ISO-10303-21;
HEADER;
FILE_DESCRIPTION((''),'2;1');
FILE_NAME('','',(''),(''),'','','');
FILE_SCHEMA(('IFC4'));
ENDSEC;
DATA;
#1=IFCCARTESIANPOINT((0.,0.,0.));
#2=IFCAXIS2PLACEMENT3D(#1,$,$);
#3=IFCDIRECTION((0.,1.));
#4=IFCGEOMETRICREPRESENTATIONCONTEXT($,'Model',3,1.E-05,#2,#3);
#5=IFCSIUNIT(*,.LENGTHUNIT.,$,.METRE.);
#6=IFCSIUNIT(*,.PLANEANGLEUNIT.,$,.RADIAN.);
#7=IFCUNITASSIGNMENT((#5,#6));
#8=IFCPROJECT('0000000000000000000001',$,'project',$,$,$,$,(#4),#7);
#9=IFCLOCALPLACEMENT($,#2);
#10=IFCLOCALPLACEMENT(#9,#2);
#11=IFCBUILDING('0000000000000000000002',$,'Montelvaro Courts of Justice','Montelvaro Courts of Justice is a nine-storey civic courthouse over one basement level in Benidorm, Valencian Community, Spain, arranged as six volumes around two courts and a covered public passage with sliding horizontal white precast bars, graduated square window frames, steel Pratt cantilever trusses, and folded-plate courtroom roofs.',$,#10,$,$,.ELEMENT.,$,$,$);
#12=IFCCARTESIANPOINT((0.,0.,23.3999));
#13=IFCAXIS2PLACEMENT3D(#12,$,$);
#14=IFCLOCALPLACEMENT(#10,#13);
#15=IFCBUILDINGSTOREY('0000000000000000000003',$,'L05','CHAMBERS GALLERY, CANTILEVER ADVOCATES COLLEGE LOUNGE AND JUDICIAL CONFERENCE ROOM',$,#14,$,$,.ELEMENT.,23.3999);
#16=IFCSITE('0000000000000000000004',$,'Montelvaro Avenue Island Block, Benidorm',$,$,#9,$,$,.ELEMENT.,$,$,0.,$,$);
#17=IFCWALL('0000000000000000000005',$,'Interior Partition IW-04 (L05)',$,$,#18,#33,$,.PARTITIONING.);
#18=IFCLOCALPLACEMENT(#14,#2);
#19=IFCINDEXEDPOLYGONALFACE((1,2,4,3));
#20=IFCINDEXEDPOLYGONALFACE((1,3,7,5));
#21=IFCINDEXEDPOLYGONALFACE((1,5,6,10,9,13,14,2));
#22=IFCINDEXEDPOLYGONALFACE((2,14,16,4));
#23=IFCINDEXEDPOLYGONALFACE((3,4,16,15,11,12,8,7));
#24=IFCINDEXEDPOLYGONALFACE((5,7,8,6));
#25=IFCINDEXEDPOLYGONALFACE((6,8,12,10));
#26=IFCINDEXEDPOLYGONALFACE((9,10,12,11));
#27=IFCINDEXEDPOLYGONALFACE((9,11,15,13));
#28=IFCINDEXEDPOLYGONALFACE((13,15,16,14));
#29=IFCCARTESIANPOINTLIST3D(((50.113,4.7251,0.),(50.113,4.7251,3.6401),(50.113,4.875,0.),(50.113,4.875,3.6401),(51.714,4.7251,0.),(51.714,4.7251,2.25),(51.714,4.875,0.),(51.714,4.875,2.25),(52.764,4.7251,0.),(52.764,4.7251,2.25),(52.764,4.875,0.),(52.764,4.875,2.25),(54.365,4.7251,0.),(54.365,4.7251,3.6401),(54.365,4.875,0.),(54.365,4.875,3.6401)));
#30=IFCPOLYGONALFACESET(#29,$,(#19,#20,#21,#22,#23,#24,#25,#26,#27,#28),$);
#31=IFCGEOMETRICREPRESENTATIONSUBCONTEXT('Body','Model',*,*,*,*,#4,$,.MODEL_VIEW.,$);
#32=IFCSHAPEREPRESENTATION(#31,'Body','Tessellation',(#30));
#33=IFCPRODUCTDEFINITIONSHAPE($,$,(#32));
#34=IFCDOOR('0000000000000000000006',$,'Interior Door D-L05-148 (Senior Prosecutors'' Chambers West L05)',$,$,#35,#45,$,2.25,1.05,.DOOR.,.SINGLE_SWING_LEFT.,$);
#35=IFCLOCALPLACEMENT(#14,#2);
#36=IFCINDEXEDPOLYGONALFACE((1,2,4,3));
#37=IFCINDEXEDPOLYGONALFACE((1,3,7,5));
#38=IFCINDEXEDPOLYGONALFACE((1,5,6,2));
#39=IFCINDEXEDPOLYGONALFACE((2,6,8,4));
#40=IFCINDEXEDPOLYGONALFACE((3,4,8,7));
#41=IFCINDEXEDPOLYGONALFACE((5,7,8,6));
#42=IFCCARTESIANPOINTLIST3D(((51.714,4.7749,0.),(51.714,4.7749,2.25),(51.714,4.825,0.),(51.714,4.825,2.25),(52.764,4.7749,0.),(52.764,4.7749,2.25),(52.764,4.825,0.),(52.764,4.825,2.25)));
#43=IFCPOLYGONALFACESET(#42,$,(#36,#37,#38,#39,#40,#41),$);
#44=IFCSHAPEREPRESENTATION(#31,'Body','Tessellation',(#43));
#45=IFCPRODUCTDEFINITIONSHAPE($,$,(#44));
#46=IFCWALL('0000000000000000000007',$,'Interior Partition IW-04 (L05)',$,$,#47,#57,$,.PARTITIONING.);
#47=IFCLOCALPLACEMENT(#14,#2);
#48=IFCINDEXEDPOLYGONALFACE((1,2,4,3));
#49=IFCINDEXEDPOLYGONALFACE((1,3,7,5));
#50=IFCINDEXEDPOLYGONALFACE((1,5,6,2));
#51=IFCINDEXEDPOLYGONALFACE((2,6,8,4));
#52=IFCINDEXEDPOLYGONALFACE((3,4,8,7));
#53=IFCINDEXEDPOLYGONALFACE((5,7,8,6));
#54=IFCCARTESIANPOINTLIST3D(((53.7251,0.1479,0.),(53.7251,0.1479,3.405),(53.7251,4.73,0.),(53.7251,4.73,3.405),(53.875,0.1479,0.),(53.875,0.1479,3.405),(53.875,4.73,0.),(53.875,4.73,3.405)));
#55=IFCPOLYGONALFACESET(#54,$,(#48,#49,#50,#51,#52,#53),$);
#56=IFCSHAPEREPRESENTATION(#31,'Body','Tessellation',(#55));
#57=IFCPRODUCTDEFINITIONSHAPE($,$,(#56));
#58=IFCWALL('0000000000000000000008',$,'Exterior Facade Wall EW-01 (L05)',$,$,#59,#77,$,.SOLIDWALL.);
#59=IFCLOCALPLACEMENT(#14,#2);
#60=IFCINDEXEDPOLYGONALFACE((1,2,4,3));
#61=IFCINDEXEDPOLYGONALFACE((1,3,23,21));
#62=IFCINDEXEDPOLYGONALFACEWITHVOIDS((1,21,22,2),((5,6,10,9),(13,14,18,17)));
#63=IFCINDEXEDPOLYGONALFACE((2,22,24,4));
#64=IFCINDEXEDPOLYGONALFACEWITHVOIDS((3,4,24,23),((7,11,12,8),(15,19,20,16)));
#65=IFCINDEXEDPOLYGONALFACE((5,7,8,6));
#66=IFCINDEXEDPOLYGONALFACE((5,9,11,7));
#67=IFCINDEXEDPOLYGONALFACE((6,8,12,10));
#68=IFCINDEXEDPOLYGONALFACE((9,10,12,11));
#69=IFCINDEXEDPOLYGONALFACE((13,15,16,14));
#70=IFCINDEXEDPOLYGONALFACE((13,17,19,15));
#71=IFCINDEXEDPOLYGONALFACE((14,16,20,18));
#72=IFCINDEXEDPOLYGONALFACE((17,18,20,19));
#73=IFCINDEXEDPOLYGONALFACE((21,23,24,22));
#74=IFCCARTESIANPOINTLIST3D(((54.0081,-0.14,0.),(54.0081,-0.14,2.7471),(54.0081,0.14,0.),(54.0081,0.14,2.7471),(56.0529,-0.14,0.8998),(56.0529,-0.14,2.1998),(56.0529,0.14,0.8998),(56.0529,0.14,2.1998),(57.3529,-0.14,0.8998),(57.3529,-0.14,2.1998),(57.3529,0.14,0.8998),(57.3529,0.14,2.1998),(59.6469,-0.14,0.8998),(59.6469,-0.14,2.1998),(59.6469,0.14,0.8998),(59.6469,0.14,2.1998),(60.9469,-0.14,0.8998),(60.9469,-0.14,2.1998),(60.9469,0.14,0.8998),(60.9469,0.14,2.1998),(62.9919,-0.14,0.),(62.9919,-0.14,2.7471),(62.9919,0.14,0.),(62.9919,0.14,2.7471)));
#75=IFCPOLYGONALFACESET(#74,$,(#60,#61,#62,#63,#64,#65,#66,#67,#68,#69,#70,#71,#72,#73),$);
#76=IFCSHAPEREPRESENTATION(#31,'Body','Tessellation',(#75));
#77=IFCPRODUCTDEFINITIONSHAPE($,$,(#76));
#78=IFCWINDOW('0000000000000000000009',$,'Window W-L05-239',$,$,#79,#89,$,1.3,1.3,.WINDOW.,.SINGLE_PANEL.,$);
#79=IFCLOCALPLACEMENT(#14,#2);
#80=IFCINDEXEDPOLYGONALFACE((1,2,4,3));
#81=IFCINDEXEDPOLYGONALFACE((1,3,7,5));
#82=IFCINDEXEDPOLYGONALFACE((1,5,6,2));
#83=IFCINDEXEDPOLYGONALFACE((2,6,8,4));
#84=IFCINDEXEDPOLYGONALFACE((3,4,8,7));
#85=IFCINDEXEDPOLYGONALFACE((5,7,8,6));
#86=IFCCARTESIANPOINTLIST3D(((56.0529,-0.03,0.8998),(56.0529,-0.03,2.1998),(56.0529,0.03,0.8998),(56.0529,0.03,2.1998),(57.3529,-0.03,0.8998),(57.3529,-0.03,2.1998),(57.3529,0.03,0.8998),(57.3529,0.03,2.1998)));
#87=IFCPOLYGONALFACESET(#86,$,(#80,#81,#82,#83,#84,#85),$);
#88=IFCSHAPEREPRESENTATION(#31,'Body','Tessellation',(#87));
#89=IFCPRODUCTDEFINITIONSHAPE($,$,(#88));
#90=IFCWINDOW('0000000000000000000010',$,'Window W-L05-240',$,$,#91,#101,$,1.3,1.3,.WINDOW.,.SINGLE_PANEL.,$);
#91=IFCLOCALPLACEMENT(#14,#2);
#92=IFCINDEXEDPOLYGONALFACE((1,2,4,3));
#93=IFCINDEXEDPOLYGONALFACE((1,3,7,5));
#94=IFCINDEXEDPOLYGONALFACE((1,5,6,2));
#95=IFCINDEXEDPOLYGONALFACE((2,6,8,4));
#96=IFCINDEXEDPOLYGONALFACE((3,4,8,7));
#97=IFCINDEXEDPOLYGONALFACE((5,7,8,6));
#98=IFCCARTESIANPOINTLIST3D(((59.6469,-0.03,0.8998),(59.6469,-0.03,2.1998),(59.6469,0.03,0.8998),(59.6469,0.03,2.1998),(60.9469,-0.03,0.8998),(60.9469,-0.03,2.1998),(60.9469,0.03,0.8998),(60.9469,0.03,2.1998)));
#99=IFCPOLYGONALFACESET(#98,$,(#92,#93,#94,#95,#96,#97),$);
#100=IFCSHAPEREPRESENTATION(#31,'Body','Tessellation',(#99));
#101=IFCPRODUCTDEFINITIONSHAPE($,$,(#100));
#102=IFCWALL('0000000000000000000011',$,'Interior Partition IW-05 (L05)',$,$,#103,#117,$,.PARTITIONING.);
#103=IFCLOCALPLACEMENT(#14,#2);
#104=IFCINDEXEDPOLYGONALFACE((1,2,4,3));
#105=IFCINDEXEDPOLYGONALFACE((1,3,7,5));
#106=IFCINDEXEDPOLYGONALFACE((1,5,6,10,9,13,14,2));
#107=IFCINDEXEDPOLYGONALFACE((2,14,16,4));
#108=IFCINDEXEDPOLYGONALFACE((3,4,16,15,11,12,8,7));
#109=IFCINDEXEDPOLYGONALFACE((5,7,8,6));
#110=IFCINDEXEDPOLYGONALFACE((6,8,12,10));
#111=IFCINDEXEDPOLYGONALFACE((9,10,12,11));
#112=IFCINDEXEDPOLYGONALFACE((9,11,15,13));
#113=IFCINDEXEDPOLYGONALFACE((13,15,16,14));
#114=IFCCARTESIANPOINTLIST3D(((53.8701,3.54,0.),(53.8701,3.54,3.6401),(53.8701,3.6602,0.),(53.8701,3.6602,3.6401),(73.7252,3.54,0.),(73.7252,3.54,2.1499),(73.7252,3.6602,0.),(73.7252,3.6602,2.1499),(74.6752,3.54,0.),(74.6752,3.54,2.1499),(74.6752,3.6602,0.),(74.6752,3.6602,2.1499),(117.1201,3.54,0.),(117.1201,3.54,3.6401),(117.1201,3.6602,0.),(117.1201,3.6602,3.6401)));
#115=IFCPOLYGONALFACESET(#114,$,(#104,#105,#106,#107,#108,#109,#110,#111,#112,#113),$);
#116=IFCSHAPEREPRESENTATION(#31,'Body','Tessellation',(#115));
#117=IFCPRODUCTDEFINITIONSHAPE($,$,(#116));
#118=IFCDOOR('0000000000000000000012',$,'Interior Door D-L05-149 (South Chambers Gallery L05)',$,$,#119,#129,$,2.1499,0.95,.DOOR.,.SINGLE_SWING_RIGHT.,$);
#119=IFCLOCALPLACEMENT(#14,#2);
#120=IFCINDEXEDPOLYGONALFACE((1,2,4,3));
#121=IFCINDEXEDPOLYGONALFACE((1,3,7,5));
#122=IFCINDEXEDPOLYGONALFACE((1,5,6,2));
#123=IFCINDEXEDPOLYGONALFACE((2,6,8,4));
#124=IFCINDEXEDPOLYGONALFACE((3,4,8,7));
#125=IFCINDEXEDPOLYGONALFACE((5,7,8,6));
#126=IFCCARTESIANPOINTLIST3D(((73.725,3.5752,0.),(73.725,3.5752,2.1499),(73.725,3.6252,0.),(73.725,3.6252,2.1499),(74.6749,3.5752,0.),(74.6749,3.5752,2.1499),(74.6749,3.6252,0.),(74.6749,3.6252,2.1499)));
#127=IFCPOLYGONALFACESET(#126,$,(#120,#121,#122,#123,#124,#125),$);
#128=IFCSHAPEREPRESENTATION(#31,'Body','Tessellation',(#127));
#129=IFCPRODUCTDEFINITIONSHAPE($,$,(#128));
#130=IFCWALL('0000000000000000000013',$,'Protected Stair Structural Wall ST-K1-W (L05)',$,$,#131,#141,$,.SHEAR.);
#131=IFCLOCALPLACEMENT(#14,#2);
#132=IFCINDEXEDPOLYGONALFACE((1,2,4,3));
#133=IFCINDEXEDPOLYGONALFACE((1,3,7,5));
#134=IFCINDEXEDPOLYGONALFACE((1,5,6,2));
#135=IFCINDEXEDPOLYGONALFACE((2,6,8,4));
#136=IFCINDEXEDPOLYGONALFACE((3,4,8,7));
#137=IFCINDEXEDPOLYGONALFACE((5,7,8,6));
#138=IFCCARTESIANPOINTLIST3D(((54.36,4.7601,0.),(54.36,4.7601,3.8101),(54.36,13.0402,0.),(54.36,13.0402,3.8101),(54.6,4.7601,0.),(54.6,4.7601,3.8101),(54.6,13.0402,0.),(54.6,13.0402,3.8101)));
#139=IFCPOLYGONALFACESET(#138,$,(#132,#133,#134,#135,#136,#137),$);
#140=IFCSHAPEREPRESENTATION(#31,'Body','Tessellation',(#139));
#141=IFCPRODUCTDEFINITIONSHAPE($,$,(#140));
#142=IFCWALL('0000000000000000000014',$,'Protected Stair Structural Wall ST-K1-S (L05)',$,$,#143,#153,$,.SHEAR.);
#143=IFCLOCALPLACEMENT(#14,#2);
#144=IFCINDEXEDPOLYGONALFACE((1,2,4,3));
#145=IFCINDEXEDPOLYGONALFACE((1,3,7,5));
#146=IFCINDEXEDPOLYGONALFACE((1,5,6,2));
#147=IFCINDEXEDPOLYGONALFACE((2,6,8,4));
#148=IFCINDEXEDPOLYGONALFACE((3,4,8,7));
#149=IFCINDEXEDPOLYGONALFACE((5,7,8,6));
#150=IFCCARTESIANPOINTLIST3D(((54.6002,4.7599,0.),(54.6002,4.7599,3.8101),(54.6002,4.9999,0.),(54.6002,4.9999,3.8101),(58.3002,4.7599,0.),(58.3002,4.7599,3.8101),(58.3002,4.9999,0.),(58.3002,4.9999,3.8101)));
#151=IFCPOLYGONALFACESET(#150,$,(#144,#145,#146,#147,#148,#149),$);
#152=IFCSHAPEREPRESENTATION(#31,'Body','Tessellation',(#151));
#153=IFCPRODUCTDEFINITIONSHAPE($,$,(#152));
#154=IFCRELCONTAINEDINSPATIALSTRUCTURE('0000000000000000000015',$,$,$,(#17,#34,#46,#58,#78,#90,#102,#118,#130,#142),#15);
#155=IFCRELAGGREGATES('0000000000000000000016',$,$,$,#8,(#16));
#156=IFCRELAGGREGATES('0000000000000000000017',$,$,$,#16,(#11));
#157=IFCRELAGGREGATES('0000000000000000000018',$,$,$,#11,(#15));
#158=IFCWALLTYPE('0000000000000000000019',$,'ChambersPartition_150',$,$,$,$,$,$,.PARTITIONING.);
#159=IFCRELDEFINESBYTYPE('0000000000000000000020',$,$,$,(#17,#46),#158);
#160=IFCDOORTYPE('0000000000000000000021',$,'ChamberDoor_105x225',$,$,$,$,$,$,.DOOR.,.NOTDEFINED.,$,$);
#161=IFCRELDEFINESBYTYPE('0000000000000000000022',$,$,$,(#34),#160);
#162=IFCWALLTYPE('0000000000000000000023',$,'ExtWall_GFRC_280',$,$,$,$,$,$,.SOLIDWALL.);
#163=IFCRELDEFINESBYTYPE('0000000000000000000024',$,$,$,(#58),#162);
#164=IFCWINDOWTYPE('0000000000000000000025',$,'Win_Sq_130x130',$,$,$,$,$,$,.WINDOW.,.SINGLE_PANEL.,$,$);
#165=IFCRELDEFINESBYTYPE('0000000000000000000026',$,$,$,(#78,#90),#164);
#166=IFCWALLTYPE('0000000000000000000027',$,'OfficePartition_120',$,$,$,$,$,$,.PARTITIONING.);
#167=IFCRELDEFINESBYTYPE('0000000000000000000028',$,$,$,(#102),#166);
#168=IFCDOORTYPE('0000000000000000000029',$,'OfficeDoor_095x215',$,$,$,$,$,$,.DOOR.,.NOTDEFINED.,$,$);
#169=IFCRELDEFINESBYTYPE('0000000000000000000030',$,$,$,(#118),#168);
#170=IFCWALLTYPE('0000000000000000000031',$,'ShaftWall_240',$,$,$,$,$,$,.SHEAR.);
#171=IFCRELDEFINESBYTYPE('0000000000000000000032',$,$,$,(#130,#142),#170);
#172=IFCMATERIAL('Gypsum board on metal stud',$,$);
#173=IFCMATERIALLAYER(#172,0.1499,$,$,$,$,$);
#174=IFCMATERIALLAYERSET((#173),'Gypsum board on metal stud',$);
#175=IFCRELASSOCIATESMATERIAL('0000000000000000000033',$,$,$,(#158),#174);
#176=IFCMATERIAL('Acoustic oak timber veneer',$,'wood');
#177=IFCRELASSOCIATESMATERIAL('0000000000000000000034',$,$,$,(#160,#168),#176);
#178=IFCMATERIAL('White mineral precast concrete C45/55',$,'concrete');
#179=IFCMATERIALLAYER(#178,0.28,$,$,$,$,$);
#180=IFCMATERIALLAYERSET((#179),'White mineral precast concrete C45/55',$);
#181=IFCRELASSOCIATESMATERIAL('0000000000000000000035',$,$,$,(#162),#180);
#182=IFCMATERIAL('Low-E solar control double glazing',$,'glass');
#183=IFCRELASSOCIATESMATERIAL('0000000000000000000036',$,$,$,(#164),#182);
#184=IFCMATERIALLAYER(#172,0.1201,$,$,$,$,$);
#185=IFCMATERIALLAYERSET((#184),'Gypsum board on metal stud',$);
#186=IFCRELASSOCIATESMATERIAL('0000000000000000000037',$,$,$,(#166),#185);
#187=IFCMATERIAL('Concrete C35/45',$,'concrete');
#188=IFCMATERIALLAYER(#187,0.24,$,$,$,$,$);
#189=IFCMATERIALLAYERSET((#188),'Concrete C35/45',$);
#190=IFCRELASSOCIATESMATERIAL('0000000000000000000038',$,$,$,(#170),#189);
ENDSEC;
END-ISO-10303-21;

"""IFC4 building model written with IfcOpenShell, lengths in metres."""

from ifc_helpers import new_model, si_unit, direction, frame, frame_2d, origin, place, context, subcontext, project, spatial, rectangle, extrude, material, layer, layer_set, type_object, element, fill, save


model = new_model("IFC4")

# Units and contexts
model_context = context("Model", 3, precision=1e-05, world=origin(), true_north=direction((0.0, 1.0)))
body_context = subcontext(model_context, "Body", "Model", "MODEL_VIEW")
ifc_project = project(units=[si_unit("LENGTHUNIT", "METRE"), si_unit("PLANEANGLEUNIT", "RADIAN")], contexts=[model_context])

# Site, building, storey
site_placement = place(None, origin())
site = spatial("IfcSite", under=ifc_project, at=site_placement, Name="Montelvaro Avenue Island Block, Benidorm", CompositionType="ELEMENT", RefElevation=0.0)
building_placement = place(site_placement, origin())
building = spatial("IfcBuilding", under=site, at=building_placement, Name="Montelvaro Courts of Justice", Description="Montelvaro Courts of Justice is a nine-storey civic courthouse over one basement level in Benidorm, Valencian Community, Spain, arranged as six volumes around two courts and a covered public passage with sliding horizontal white precast bars, graduated square window frames, steel Pratt cantilever trusses, and folded-plate courtroom roofs.", CompositionType="ELEMENT")
storey_placement = place(building_placement, frame((0.0, 0.0, 23.3999)))
storey = spatial("IfcBuildingStorey", under=building, at=storey_placement, Name="L05", Description="CHAMBERS GALLERY, CANTILEVER ADVOCATES COLLEGE LOUNGE AND JUDICIAL CONFERENCE ROOM", CompositionType="ELEMENT", Elevation=23.3999)

# Shared definitions
ifc_material_1 = material(Name="White mineral precast concrete C45/55", Category="concrete")

# Wall, opening, door
ifc_material_2 = material(Name="Gypsum board on metal stud")
ifc_layer_1 = layer(ifc_material_2, 0.1499)
ifc_layer_set_1 = layer_set([ifc_layer_1], Name="Gypsum board on metal stud")
wall_type_1 = type_object("IfcWallType", Name="ChambersPartition_150", PredefinedType="PARTITIONING", material=ifc_layer_set_1)
wall_1_placement = place(storey_placement, frame((50.113, 4.8, 0.0), z_axis=(0.0, 0.0, 1.0), x_axis=(1.0, 0.0, 0.0)))
wall_1 = element("IfcWall", 1, at=wall_1_placement, inside=storey, type_object=wall_type_1, Name="Interior Partition IW-04 (L05)", PredefinedType="PARTITIONING", context=body_context, shape_type="SweptSolid", body=[
    extrude(rectangle(XDim=4.252, YDim=0.1499, at=frame_2d((2.126, 0.0))), origin(), (0.0, 0.0, 1.0), 3.6401),
])
opening_1_placement = place(wall_1_placement, frame((1.6011, 0.0, 0.0)))
opening_1 = element("IfcOpeningElement", 2, at=opening_1_placement, cuts=wall_1, PredefinedType="OPENING", context=body_context, shape_type="SweptSolid", body=[
    extrude(rectangle(XDim=1.05, YDim=2.25, at=frame_2d((0.5249, 1.125))), frame((0.0, 0.0898, 0.0), z_axis=(0.0, -1.0, 0.0), x_axis=(1.0, 0.0, 0.0)), (0.0, 0.0, 1.0), 0.1797),
])
ifc_material_3 = material(Name="Acoustic oak timber veneer", Category="wood")
door_type_1 = type_object("IfcDoorType", Name="ChamberDoor_105x225", OperationType="NOTDEFINED", PredefinedType="DOOR", material=ifc_material_3)
door_1_placement = place(opening_1_placement, origin())
door_1 = element("IfcDoor", 3, at=door_1_placement, inside=storey, type_object=door_type_1, Name="Interior Door D-L05-148 (Senior Prosecutors' Chambers West L05)", OperationType="SINGLE_SWING_LEFT", OverallHeight=2.25, OverallWidth=1.05, PredefinedType="DOOR", context=body_context, shape_type="SweptSolid", body=[
    extrude(rectangle(XDim=1.05, YDim=2.25, at=frame_2d((0.5249, 1.125))), frame((0.0, 0.0249, 0.0), z_axis=(0.0, -1.0, 0.0), x_axis=(1.0, 0.0, 0.0)), (0.0, 0.0, 1.0), 0.05),
])
fill(opening_1, door_1)

# Wall
wall_2_placement = place(storey_placement, frame((53.8, 4.73, 0.0), z_axis=(0.0, 0.0, 1.0), x_axis=(0.0, -1.0, 0.0)))
element("IfcWall", 4, at=wall_2_placement, inside=storey, type_object=wall_type_1, Name="Interior Partition IW-04 (L05)", PredefinedType="PARTITIONING", context=body_context, shape_type="SweptSolid", body=[
    extrude(rectangle(XDim=4.582, YDim=0.1499, at=frame_2d((2.291, 0.0))), origin(), (0.0, 0.0, 1.0), 3.405),
])

# Wall, openings, windows
ifc_layer_2 = layer(ifc_material_1, 0.28)
ifc_layer_set_2 = layer_set([ifc_layer_2], Name="White mineral precast concrete C45/55")
wall_type_2 = type_object("IfcWallType", Name="ExtWall_GFRC_280", PredefinedType="SOLIDWALL", material=ifc_layer_set_2)
wall_3_placement = place(storey_placement, frame((54.0081, 0.0, 0.0), z_axis=(0.0, 0.0, 1.0), x_axis=(1.0, 0.0, 0.0)))
wall_3 = element("IfcWall", 5, at=wall_3_placement, inside=storey, type_object=wall_type_2, Name="Exterior Facade Wall EW-01 (L05)", PredefinedType="SOLIDWALL", context=body_context, shape_type="SweptSolid", body=[
    extrude(rectangle(XDim=8.9839, YDim=0.28, at=frame_2d((4.4919, 0.0))), origin(), (0.0, 0.0, 1.0), 2.7471),
])
opening_2_placement = place(wall_3_placement, frame((2.0449, 0.0, 0.8999)))
opening_2 = element("IfcOpeningElement", 6, at=opening_2_placement, cuts=wall_3, PredefinedType="OPENING", context=body_context, shape_type="SweptSolid", body=[
    extrude(rectangle(XDim=1.3, YDim=1.3, at=frame_2d((0.6499, 0.6499))), frame((0.0, 0.1548, 0.0), z_axis=(0.0, -1.0, 0.0), x_axis=(1.0, 0.0, 0.0)), (0.0, 0.0, 1.0), 0.3098),
])
opening_3_placement = place(wall_3_placement, frame((5.6389, 0.0, 0.8999)))
opening_3 = element("IfcOpeningElement", 7, at=opening_3_placement, cuts=wall_3, PredefinedType="OPENING", context=body_context, shape_type="SweptSolid", body=[
    extrude(rectangle(XDim=1.3, YDim=1.3, at=frame_2d((0.6499, 0.6499))), frame((0.0, 0.1548, 0.0), z_axis=(0.0, -1.0, 0.0), x_axis=(1.0, 0.0, 0.0)), (0.0, 0.0, 1.0), 0.3098),
])
ifc_material_4 = material(Name="Low-E solar control double glazing", Category="glass")
window_type = type_object("IfcWindowType", Name="Win_Sq_130x130", PartitioningType="SINGLE_PANEL", PredefinedType="WINDOW", material=ifc_material_4)
window_1_placement = place(opening_2_placement, origin())
window_1 = element("IfcWindow", 8, at=window_1_placement, inside=storey, type_object=window_type, Name="Window W-L05-239", OverallHeight=1.3, OverallWidth=1.3, PartitioningType="SINGLE_PANEL", PredefinedType="WINDOW", context=body_context, shape_type="SweptSolid", body=[
    extrude(rectangle(XDim=1.3, YDim=1.3, at=frame_2d((0.6499, 0.6499))), frame((0.0, 0.03, 0.0), z_axis=(0.0, -1.0, 0.0), x_axis=(1.0, 0.0, 0.0)), (0.0, 0.0, 1.0), 0.0601),
])
fill(opening_2, window_1)
window_2_placement = place(opening_3_placement, origin())
window_2 = element("IfcWindow", 9, at=window_2_placement, inside=storey, type_object=window_type, Name="Window W-L05-240", OverallHeight=1.3, OverallWidth=1.3, PartitioningType="SINGLE_PANEL", PredefinedType="WINDOW", context=body_context, shape_type="SweptSolid", body=[
    extrude(rectangle(XDim=1.3, YDim=1.3, at=frame_2d((0.6499, 0.6499))), frame((0.0, 0.03, 0.0), z_axis=(0.0, -1.0, 0.0), x_axis=(1.0, 0.0, 0.0)), (0.0, 0.0, 1.0), 0.0601),
])
fill(opening_3, window_2)

# Wall, opening, door
ifc_layer_3 = layer(ifc_material_2, 0.1201)
ifc_layer_set_3 = layer_set([ifc_layer_3], Name="Gypsum board on metal stud")
wall_type_3 = type_object("IfcWallType", Name="OfficePartition_120", PredefinedType="PARTITIONING", material=ifc_layer_set_3)
wall_4_placement = place(storey_placement, frame((53.8701, 3.6001, 0.0), z_axis=(0.0, 0.0, 1.0), x_axis=(1.0, 0.0, 0.0)))
wall_4 = element("IfcWall", 10, at=wall_4_placement, inside=storey, type_object=wall_type_3, Name="Interior Partition IW-05 (L05)", PredefinedType="PARTITIONING", context=body_context, shape_type="SweptSolid", body=[
    extrude(rectangle(XDim=63.25, YDim=0.1201, at=frame_2d((31.625, 0.0))), origin(), (0.0, 0.0, 1.0), 3.6401),
])
opening_4_placement = place(wall_4_placement, frame((19.855, 0.0, 0.0)))
opening_4 = element("IfcOpeningElement", 11, at=opening_4_placement, cuts=wall_4, PredefinedType="OPENING", context=body_context, shape_type="SweptSolid", body=[
    extrude(rectangle(XDim=0.95, YDim=2.1499, at=frame_2d((0.4751, 1.075))), frame((0.0, 0.075, 0.0), z_axis=(0.0, -1.0, 0.0), x_axis=(1.0, 0.0, 0.0)), (0.0, 0.0, 1.0), 0.1499),
])
door_type_2 = type_object("IfcDoorType", Name="OfficeDoor_095x215", OperationType="NOTDEFINED", PredefinedType="DOOR", material=ifc_material_3)
door_2_placement = place(opening_4_placement, frame((0.95, 0.0, 0.0), z_axis=(0.0, 0.0, 1.0), x_axis=(-1.0, 0.0, 0.0)))
door_2 = element("IfcDoor", 12, at=door_2_placement, inside=storey, type_object=door_type_2, Name="Interior Door D-L05-149 (South Chambers Gallery L05)", OperationType="SINGLE_SWING_RIGHT", OverallHeight=2.1499, OverallWidth=0.95, PredefinedType="DOOR", context=body_context, shape_type="SweptSolid", body=[
    extrude(rectangle(XDim=0.95, YDim=2.1499, at=frame_2d((0.4751, 1.075))), frame((0.0, 0.0249, 0.0), z_axis=(0.0, -1.0, 0.0), x_axis=(1.0, 0.0, 0.0)), (0.0, 0.0, 1.0), 0.05),
])
fill(opening_4, door_2)

# Walls
ifc_material_5 = material(Name="Concrete C35/45", Category="concrete")
ifc_layer_4 = layer(ifc_material_5, 0.24)
ifc_layer_set_4 = layer_set([ifc_layer_4], Name="Concrete C35/45")
wall_type_4 = type_object("IfcWallType", Name="ShaftWall_240", PredefinedType="SHEAR", material=ifc_layer_set_4)
wall_5_placement = place(storey_placement, frame((54.48, 4.76, 0.0), z_axis=(0.0, 0.0, 1.0), x_axis=(0.0, 1.0, 0.0)))
element("IfcWall", 13, at=wall_5_placement, inside=storey, type_object=wall_type_4, Name="Protected Stair Structural Wall ST-K1-W (L05)", PredefinedType="SHEAR", context=body_context, shape_type="SweptSolid", body=[
    extrude(rectangle(XDim=8.28, YDim=0.24, at=frame_2d((4.1401, 0.0))), origin(), (0.0, 0.0, 1.0), 3.8101),
])
wall_6_placement = place(storey_placement, frame((54.6001, 4.8799, 0.0), z_axis=(0.0, 0.0, 1.0), x_axis=(1.0, 0.0, 0.0)))
element("IfcWall", 14, at=wall_6_placement, inside=storey, type_object=wall_type_4, Name="Protected Stair Structural Wall ST-K1-S (L05)", PredefinedType="SHEAR", context=body_context, shape_type="SweptSolid", body=[
    extrude(rectangle(XDim=3.7, YDim=0.24, at=frame_2d((1.8501, 0.0))), origin(), (0.0, 0.0, 1.0), 3.8101),
])

save(model, "model.ifc")
